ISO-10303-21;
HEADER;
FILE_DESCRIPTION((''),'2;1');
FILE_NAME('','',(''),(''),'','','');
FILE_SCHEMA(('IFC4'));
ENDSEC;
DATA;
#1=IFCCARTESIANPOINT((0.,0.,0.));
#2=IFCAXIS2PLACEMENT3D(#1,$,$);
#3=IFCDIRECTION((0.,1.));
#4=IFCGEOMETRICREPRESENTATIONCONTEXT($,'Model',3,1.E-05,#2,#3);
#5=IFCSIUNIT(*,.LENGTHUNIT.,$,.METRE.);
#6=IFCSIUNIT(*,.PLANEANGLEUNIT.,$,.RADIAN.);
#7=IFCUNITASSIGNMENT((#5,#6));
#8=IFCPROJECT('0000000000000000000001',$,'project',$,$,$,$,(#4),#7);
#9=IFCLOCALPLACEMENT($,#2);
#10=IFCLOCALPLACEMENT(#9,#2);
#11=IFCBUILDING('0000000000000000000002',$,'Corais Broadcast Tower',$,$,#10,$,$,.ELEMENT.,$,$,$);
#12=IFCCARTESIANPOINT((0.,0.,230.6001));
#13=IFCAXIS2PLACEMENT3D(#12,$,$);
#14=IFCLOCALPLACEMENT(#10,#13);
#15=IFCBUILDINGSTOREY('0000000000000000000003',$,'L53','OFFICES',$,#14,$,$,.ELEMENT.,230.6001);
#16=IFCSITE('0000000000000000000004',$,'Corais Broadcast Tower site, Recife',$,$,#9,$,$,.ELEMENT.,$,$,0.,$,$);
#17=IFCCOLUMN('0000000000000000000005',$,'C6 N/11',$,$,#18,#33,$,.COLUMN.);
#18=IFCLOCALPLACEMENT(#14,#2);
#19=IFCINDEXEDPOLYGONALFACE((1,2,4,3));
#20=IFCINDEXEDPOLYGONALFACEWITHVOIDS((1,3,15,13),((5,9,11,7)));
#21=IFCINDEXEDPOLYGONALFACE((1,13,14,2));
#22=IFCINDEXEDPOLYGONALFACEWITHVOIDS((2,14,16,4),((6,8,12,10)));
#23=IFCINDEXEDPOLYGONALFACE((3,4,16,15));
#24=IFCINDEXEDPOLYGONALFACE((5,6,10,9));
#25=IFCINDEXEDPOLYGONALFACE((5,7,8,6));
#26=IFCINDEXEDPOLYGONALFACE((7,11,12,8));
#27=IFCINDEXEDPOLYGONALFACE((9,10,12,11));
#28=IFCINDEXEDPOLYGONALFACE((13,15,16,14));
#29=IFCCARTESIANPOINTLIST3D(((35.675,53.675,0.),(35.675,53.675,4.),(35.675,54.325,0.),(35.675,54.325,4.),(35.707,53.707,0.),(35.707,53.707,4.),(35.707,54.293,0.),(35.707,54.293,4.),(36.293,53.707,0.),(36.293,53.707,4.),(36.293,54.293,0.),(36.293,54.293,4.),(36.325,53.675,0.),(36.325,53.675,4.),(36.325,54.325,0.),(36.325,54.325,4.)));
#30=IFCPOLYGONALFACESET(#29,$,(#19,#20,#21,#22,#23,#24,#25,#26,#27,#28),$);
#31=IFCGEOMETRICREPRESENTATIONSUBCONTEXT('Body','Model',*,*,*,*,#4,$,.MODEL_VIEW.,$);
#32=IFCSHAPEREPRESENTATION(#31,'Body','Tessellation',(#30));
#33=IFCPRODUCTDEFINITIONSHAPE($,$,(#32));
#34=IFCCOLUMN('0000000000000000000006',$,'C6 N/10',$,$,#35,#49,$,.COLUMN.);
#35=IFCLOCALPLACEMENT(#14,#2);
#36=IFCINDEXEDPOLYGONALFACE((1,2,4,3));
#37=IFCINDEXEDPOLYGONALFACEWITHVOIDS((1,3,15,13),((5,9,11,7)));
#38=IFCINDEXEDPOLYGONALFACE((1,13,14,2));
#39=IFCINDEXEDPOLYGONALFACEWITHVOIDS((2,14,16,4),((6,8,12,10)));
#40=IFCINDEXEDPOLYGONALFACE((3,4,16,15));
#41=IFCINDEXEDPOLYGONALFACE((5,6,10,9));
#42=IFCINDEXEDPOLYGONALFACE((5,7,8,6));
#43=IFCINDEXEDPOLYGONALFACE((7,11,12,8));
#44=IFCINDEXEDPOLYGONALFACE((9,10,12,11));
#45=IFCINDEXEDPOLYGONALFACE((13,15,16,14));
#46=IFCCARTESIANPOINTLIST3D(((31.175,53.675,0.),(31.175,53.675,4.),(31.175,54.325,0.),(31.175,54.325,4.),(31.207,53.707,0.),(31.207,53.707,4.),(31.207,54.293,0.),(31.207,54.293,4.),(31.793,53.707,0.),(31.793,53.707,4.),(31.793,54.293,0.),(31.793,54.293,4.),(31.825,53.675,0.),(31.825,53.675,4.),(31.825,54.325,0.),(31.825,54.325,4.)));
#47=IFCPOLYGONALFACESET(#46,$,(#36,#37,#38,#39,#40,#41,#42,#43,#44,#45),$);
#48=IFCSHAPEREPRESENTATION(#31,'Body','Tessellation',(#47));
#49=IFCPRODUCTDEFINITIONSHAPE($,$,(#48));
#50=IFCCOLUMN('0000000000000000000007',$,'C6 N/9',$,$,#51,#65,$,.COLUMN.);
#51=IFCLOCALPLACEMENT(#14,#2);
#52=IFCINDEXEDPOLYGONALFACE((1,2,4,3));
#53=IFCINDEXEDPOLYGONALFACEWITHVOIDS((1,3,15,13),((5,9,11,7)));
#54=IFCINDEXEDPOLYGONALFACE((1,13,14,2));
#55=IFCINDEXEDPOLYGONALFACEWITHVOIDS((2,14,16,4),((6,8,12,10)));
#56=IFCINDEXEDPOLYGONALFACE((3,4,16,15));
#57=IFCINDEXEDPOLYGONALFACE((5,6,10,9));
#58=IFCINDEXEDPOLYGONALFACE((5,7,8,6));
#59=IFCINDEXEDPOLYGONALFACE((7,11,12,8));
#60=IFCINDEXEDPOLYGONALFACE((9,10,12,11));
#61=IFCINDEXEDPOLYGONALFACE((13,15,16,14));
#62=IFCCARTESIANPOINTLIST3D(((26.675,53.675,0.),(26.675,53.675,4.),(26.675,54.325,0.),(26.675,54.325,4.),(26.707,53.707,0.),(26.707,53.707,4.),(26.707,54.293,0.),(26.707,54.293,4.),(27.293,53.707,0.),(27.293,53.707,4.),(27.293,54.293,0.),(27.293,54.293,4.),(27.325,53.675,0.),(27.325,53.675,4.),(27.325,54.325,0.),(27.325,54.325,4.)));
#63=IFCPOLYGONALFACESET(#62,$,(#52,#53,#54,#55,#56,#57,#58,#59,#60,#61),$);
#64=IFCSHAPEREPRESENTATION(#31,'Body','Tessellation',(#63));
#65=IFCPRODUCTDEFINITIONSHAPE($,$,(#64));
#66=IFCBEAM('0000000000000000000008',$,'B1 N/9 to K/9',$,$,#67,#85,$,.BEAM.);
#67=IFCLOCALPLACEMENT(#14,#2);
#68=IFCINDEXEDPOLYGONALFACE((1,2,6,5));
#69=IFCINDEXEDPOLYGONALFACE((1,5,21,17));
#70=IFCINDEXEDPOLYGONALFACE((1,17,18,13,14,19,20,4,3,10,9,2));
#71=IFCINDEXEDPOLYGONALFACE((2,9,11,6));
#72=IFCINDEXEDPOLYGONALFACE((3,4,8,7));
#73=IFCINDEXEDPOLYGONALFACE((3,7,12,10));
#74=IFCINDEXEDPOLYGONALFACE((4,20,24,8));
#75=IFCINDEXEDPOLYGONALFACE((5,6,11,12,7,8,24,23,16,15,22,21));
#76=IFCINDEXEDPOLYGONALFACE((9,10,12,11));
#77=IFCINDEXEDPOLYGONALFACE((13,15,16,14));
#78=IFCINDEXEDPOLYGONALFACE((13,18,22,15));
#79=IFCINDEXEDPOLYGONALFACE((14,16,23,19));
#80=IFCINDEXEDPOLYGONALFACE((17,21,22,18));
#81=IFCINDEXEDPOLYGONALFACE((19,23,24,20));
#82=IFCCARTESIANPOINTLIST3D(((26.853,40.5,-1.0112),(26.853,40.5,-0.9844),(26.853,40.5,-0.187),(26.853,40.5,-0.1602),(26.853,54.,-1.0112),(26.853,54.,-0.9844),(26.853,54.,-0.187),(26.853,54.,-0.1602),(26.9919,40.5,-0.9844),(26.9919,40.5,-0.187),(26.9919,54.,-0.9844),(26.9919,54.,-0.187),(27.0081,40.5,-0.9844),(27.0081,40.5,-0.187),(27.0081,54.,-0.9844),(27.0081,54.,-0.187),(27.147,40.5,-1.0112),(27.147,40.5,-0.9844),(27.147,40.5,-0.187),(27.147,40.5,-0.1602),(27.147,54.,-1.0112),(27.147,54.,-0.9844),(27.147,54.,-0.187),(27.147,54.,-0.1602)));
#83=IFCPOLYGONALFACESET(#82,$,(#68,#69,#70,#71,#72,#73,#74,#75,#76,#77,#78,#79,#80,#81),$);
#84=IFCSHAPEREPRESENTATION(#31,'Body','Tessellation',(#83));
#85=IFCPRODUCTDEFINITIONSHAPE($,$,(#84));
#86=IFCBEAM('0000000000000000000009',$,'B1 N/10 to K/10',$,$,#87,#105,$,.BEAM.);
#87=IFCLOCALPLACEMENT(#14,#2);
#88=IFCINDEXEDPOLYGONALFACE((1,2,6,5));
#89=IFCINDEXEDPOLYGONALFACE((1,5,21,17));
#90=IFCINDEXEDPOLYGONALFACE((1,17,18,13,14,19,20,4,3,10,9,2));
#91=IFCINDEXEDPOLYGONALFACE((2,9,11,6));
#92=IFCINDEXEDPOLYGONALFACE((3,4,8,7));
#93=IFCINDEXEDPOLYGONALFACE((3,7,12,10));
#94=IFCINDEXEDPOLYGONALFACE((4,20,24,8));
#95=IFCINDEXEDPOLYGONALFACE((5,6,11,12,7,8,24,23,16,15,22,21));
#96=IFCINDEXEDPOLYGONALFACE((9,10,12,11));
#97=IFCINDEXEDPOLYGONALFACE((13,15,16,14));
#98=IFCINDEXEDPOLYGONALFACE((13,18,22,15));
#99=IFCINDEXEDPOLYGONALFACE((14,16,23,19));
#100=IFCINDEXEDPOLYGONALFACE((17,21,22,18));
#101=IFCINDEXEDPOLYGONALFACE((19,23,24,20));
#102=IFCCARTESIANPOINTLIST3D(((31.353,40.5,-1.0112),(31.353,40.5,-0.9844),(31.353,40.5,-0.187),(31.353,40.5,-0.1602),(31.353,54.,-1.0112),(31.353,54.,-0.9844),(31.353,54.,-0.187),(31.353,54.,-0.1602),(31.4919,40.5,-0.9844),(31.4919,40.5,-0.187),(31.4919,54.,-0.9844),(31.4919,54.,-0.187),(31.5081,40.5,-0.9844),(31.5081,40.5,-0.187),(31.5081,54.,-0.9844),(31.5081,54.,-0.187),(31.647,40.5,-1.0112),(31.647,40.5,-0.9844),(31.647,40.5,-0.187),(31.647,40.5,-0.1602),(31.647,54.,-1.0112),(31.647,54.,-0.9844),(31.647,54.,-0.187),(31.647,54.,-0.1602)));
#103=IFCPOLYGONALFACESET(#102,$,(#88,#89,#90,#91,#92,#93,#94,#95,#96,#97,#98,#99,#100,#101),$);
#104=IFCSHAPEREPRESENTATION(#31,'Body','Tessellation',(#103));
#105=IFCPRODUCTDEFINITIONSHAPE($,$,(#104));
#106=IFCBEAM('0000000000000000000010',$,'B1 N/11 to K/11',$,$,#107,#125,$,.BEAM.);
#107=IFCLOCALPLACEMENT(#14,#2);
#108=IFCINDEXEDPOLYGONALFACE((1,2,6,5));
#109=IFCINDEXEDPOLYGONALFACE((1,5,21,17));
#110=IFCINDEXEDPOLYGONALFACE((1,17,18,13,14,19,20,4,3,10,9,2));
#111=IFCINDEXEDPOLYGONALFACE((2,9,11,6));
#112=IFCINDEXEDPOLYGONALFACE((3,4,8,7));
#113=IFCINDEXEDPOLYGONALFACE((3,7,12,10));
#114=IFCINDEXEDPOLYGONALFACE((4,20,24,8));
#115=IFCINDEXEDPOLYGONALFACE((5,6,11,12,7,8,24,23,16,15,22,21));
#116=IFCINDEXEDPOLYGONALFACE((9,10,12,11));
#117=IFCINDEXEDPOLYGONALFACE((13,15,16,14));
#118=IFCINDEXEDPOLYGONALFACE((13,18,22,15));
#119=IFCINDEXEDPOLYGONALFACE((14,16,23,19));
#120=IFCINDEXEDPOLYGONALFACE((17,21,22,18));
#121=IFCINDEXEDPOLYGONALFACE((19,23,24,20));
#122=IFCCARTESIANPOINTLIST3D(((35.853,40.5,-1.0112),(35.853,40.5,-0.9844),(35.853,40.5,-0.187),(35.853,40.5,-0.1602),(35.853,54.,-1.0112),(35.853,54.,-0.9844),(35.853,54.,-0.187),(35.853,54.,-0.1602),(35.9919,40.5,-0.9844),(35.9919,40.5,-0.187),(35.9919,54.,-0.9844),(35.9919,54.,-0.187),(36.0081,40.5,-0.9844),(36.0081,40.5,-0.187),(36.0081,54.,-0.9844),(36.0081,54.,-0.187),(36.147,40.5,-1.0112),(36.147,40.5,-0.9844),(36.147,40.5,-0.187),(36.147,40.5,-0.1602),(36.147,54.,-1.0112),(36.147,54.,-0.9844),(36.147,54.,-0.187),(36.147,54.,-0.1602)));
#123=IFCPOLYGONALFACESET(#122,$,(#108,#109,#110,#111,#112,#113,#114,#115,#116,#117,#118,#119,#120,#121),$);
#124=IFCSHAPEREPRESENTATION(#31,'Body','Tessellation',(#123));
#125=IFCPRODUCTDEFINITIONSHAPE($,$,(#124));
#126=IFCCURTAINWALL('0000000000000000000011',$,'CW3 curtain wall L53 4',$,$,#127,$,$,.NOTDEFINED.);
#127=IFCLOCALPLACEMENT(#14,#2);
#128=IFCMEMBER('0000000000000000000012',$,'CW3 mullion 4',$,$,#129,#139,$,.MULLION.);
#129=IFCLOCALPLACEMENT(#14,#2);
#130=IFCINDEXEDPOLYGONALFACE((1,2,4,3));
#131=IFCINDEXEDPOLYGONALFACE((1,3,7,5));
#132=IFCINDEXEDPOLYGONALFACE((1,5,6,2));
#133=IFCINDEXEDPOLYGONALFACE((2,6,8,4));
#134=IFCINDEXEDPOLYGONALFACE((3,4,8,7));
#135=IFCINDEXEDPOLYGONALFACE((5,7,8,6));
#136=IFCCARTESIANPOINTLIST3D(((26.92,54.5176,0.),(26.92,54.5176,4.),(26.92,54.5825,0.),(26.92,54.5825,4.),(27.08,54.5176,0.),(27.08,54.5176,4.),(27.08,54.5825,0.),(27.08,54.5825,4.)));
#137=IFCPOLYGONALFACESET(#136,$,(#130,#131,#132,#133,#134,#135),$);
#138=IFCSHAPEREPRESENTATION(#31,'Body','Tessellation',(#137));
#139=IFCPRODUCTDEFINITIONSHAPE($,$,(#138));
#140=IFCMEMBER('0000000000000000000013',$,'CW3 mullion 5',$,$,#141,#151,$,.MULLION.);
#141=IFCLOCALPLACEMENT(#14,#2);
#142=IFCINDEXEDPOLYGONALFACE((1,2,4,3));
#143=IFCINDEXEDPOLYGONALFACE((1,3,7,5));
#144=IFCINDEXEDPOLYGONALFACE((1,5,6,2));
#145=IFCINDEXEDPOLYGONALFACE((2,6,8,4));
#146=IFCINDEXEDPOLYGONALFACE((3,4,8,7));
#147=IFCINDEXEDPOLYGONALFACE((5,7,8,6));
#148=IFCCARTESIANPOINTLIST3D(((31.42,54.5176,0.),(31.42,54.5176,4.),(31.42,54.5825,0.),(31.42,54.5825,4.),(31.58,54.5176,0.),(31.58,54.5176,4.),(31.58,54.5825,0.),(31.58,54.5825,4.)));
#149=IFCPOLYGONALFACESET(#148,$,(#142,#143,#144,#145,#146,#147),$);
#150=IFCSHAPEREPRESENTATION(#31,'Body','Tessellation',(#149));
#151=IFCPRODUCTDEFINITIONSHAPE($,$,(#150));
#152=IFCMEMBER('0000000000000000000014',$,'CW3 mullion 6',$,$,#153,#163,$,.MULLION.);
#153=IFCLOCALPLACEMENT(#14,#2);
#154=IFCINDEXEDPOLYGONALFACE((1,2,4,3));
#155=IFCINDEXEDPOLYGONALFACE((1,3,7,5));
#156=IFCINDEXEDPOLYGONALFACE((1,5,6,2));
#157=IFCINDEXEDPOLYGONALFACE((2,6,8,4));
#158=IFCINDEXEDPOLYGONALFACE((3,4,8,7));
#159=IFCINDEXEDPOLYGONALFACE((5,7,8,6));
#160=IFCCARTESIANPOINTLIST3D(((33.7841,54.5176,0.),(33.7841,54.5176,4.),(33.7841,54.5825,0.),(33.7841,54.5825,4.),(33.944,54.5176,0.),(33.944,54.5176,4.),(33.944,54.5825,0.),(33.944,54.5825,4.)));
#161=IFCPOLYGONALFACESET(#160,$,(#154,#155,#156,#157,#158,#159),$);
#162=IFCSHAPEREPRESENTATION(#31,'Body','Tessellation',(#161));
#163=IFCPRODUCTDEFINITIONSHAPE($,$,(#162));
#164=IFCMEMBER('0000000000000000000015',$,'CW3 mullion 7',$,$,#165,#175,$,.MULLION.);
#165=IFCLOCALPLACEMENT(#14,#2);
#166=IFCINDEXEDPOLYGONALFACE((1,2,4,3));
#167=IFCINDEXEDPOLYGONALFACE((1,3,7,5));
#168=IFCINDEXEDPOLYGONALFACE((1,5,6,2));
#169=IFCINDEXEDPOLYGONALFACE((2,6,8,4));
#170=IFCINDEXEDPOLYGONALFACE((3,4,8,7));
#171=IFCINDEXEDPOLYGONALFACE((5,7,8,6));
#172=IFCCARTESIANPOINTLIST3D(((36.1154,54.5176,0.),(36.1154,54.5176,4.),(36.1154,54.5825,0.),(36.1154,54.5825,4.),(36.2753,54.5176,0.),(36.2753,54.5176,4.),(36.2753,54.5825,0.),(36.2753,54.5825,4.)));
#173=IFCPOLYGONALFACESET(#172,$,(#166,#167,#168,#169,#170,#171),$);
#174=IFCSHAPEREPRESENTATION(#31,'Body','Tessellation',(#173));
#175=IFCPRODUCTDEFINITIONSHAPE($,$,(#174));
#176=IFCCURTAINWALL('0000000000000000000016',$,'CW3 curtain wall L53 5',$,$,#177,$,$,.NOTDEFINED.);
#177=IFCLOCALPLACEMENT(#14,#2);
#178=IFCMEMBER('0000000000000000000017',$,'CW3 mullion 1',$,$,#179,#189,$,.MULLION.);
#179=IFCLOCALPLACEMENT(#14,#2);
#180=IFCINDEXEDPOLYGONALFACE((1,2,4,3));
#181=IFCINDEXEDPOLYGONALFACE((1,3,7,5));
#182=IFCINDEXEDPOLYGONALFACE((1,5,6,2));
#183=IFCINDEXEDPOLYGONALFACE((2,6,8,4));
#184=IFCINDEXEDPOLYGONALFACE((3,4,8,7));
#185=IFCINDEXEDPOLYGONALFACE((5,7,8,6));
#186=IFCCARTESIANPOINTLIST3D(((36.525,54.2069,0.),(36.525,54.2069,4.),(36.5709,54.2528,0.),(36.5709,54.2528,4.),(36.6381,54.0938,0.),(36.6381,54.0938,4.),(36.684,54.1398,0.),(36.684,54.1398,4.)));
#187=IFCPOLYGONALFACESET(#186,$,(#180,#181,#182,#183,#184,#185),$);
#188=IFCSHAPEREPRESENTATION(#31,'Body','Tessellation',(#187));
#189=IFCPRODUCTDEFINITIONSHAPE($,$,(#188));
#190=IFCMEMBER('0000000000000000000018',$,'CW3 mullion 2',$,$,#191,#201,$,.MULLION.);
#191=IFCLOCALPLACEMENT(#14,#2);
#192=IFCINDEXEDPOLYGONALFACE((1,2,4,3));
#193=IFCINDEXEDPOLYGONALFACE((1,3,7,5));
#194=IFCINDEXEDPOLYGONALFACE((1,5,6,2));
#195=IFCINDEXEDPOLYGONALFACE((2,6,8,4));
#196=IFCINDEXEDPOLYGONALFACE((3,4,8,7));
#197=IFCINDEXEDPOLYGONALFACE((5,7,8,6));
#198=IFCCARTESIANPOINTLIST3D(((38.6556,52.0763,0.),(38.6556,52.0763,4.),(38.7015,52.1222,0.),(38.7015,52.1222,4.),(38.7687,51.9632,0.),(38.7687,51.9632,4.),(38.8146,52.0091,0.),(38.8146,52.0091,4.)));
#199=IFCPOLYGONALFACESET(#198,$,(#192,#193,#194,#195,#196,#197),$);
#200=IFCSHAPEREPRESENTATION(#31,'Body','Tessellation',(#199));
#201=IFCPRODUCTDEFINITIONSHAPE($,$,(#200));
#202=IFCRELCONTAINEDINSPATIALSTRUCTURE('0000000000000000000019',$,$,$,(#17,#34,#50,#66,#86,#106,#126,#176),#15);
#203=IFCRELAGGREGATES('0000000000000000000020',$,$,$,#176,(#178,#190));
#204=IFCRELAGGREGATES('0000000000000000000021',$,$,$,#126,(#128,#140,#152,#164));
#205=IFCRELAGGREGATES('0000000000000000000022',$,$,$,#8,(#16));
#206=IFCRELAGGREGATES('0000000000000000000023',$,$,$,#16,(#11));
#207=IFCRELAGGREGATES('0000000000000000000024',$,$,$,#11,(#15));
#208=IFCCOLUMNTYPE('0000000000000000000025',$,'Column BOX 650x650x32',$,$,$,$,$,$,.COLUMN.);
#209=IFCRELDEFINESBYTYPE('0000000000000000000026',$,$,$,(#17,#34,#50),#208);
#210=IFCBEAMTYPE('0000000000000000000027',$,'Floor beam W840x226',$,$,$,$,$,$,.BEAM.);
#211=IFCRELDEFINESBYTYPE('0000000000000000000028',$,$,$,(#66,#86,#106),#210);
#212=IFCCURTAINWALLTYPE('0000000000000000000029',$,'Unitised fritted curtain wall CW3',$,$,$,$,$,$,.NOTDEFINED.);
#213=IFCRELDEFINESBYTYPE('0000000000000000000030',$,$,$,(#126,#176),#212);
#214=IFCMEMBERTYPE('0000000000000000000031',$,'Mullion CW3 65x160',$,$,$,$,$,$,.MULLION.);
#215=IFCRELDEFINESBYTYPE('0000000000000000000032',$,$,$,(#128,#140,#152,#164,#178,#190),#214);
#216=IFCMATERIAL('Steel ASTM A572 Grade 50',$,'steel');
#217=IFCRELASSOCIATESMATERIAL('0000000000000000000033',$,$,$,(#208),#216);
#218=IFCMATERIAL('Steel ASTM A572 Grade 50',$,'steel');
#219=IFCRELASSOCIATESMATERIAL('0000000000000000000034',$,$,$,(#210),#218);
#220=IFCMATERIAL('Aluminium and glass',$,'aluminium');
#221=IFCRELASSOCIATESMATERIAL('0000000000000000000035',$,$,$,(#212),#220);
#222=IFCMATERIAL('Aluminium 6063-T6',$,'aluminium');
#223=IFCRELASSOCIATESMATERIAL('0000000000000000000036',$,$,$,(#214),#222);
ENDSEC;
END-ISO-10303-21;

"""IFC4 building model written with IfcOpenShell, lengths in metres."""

from ifc_helpers import new_model, si_unit, direction, frame, origin, origin_2d, place, context, subcontext, project, spatial, rectangle, hollow_rectangle, i_section, extrude, material, material_profile, profile_set, type_object, element, aggregate, save


model = new_model("IFC4")

# Units and contexts
model_context = context("Model", 3, precision=1e-05, world=origin(), true_north=direction((0.0, 1.0)))
body_context = subcontext(model_context, "Body", "Model", "MODEL_VIEW")
ifc_project = project(units=[si_unit("LENGTHUNIT", "METRE"), si_unit("PLANEANGLEUNIT", "RADIAN")], contexts=[model_context])

# Site, building, storey
site_placement = place(None, origin())
site = spatial("IfcSite", under=ifc_project, at=site_placement, Name="Corais Broadcast Tower site, Recife", CompositionType="ELEMENT", RefElevation=0.0)
building_placement = place(site_placement, origin())
building = spatial("IfcBuilding", under=site, at=building_placement, Name="Corais Broadcast Tower", CompositionType="ELEMENT")
storey_placement = place(building_placement, frame((0.0, 0.0, 230.6001)))
storey = spatial("IfcBuildingStorey", under=building, at=storey_placement, Name="L53", Description="OFFICES", CompositionType="ELEMENT", Elevation=230.6001)

# Columns
ifc_material_1 = material(Name="Steel ASTM A572 Grade 50", Category="steel")
ifc_material_profile_1 = material_profile(ifc_material_1, hollow_rectangle(XDim=0.6499, YDim=0.6499, WallThickness=0.032, at=origin_2d()), Name="BOX 650x650x32")
ifc_profile_set_1 = profile_set([ifc_material_profile_1], Name="Steel ASTM A572 Grade 50")
column_type = type_object("IfcColumnType", Name="Column BOX 650x650x32", PredefinedType="COLUMN", material=ifc_profile_set_1)
for number, where, z_axis, x_axis, name in (
    (1, (36.0, 54.0, 0.0), (0.0, 0.0, 1.0), (1.0, 0.0, 0.0), "C6 N/11"),
    (2, (31.5, 54.0, 0.0), (0.0, 0.0, 1.0), (1.0, 0.0, 0.0), "C6 N/10"),
    (3, (27.0, 54.0, 0.0), (0.0, 0.0, 1.0), (1.0, 0.0, 0.0), "C6 N/9"),
):
    element("IfcColumn", number, at=place(storey_placement, frame(where, z_axis=z_axis, x_axis=x_axis)), inside=storey, type_object=column_type, Name=name, PredefinedType="COLUMN", context=body_context, shape_type="SweptSolid", body=[
        extrude(hollow_rectangle(XDim=0.6499, YDim=0.6499, WallThickness=0.032, at=origin_2d()), origin(), (0.0, 0.0, 1.0), 4.0),
    ])

# Beams
ifc_material_2 = material(Name="Steel ASTM A572 Grade 50", Category="steel")
ifc_material_profile_2 = material_profile(ifc_material_2, i_section(OverallWidth=0.2939, OverallDepth=0.8511, WebThickness=0.0161, FlangeThickness=0.0269, at=origin_2d()), Name="W840x226")
ifc_profile_set_2 = profile_set([ifc_material_profile_2], Name="Steel ASTM A572 Grade 50")
beam_type_1 = type_object("IfcBeamType", Name="Floor beam W840x226", PredefinedType="BEAM", material=ifc_profile_set_2)
for number, where, z_axis, x_axis, name in (
    (4, (27.0, 54.0, -0.5857), (0.0, -1.0, 0.0), (1.0, 0.0, 0.0), "B1 N/9 to K/9"),
    (5, (31.5, 54.0, -0.5857), (0.0, -1.0, 0.0), (1.0, 0.0, 0.0), "B1 N/10 to K/10"),
    (6, (36.0, 54.0, -0.5857), (0.0, -1.0, 0.0), (1.0, 0.0, 0.0), "B1 N/11 to K/11"),
):
    element("IfcBeam", number, at=place(storey_placement, frame(where, z_axis=z_axis, x_axis=x_axis)), inside=storey, type_object=beam_type_1, Name=name, PredefinedType="BEAM", context=body_context, shape_type="SweptSolid", body=[
        extrude(i_section(OverallWidth=0.2939, OverallDepth=0.8511, WebThickness=0.0161, FlangeThickness=0.0269, at=origin_2d()), origin(), (0.0, 0.0, 1.0), 13.5),
    ])

# Curtain walls, members
ifc_material_3 = material(Name="Aluminium and glass", Category="aluminium")
curtain_wall_type = type_object("IfcCurtainWallType", Name="Unitised fritted curtain wall CW3", PredefinedType="NOTDEFINED", material=ifc_material_3)
curtain_wall_1_placement = place(storey_placement, origin())
curtain_wall_1 = element("IfcCurtainWall", 7, at=curtain_wall_1_placement, inside=storey, type_object=curtain_wall_type, Name="CW3 curtain wall L53 4", PredefinedType="NOTDEFINED")
ifc_material_4 = material(Name="Aluminium 6063-T6", Category="aluminium")
ifc_material_profile_3 = material_profile(ifc_material_4, rectangle(XDim=0.0649, YDim=0.1599, at=origin_2d()), Name="Mullion CW3 65x160")
ifc_profile_set_3 = profile_set([ifc_material_profile_3], Name="Aluminium 6063-T6")
member_type_1 = type_object("IfcMemberType", Name="Mullion CW3 65x160", PredefinedType="MULLION", material=ifc_profile_set_3)
member_1_placement = place(storey_placement, frame((27.0, 54.55, 0.0), z_axis=(0.0, 0.0, 1.0), x_axis=(0.0, 1.0, 0.0)))
member_1 = element("IfcMember", 8, at=member_1_placement, type_object=member_type_1, Name="CW3 mullion 4", PredefinedType="MULLION", context=body_context, shape_type="SweptSolid", body=[
    extrude(rectangle(XDim=0.0649, YDim=0.1599, at=origin_2d()), origin(), (0.0, 0.0, 1.0), 4.0),
])
member_2_placement = place(storey_placement, frame((31.5, 54.55, 0.0), z_axis=(0.0, 0.0, 1.0), x_axis=(0.0, 1.0, 0.0)))
member_2 = element("IfcMember", 9, at=member_2_placement, type_object=member_type_1, Name="CW3 mullion 5", PredefinedType="MULLION", context=body_context, shape_type="SweptSolid", body=[
    extrude(rectangle(XDim=0.0649, YDim=0.1599, at=origin_2d()), origin(), (0.0, 0.0, 1.0), 4.0),
])
member_3_placement = place(storey_placement, frame((33.864, 54.55, 0.0), z_axis=(0.0, 0.0, 1.0), x_axis=(0.0, 1.0, 0.0)))
member_3 = element("IfcMember", 10, at=member_3_placement, type_object=member_type_1, Name="CW3 mullion 6", PredefinedType="MULLION", context=body_context, shape_type="SweptSolid", body=[
    extrude(rectangle(XDim=0.0649, YDim=0.1599, at=origin_2d()), origin(), (0.0, 0.0, 1.0), 4.0),
])
member_4_placement = place(storey_placement, frame((36.1953, 54.55, 0.0), z_axis=(0.0, 0.0, 1.0), x_axis=(0.0, 1.0, 0.0)))
member_4 = element("IfcMember", 11, at=member_4_placement, type_object=member_type_1, Name="CW3 mullion 7", PredefinedType="MULLION", context=body_context, shape_type="SweptSolid", body=[
    extrude(rectangle(XDim=0.0649, YDim=0.1599, at=origin_2d()), origin(), (0.0, 0.0, 1.0), 4.0),
])
curtain_wall_2_placement = place(storey_placement, origin())
curtain_wall_2 = element("IfcCurtainWall", 12, at=curtain_wall_2_placement, inside=storey, type_object=curtain_wall_type, Name="CW3 curtain wall L53 5", PredefinedType="NOTDEFINED")
member_5_placement = place(storey_placement, frame((36.6045, 54.1733, 0.0), z_axis=(0.0, 0.0, 1.0), x_axis=(0.707107, 0.707107, 0.0)))
member_5 = element("IfcMember", 13, at=member_5_placement, type_object=member_type_1, Name="CW3 mullion 1", PredefinedType="MULLION", context=body_context, shape_type="SweptSolid", body=[
    extrude(rectangle(XDim=0.0649, YDim=0.1599, at=origin_2d()), origin(), (0.0, 0.0, 1.0), 4.0),
])
member_6_placement = place(storey_placement, frame((38.7351, 52.0427, 0.0), z_axis=(0.0, 0.0, 1.0), x_axis=(0.707107, 0.707107, 0.0)))
member_6 = element("IfcMember", 14, at=member_6_placement, type_object=member_type_1, Name="CW3 mullion 2", PredefinedType="MULLION", context=body_context, shape_type="SweptSolid", body=[
    extrude(rectangle(XDim=0.0649, YDim=0.1599, at=origin_2d()), origin(), (0.0, 0.0, 1.0), 4.0),
])

aggregate(curtain_wall_2, [member_5, member_6])
aggregate(curtain_wall_1, [member_1, member_2, member_3, member_4])

save(model, "model.ifc")
